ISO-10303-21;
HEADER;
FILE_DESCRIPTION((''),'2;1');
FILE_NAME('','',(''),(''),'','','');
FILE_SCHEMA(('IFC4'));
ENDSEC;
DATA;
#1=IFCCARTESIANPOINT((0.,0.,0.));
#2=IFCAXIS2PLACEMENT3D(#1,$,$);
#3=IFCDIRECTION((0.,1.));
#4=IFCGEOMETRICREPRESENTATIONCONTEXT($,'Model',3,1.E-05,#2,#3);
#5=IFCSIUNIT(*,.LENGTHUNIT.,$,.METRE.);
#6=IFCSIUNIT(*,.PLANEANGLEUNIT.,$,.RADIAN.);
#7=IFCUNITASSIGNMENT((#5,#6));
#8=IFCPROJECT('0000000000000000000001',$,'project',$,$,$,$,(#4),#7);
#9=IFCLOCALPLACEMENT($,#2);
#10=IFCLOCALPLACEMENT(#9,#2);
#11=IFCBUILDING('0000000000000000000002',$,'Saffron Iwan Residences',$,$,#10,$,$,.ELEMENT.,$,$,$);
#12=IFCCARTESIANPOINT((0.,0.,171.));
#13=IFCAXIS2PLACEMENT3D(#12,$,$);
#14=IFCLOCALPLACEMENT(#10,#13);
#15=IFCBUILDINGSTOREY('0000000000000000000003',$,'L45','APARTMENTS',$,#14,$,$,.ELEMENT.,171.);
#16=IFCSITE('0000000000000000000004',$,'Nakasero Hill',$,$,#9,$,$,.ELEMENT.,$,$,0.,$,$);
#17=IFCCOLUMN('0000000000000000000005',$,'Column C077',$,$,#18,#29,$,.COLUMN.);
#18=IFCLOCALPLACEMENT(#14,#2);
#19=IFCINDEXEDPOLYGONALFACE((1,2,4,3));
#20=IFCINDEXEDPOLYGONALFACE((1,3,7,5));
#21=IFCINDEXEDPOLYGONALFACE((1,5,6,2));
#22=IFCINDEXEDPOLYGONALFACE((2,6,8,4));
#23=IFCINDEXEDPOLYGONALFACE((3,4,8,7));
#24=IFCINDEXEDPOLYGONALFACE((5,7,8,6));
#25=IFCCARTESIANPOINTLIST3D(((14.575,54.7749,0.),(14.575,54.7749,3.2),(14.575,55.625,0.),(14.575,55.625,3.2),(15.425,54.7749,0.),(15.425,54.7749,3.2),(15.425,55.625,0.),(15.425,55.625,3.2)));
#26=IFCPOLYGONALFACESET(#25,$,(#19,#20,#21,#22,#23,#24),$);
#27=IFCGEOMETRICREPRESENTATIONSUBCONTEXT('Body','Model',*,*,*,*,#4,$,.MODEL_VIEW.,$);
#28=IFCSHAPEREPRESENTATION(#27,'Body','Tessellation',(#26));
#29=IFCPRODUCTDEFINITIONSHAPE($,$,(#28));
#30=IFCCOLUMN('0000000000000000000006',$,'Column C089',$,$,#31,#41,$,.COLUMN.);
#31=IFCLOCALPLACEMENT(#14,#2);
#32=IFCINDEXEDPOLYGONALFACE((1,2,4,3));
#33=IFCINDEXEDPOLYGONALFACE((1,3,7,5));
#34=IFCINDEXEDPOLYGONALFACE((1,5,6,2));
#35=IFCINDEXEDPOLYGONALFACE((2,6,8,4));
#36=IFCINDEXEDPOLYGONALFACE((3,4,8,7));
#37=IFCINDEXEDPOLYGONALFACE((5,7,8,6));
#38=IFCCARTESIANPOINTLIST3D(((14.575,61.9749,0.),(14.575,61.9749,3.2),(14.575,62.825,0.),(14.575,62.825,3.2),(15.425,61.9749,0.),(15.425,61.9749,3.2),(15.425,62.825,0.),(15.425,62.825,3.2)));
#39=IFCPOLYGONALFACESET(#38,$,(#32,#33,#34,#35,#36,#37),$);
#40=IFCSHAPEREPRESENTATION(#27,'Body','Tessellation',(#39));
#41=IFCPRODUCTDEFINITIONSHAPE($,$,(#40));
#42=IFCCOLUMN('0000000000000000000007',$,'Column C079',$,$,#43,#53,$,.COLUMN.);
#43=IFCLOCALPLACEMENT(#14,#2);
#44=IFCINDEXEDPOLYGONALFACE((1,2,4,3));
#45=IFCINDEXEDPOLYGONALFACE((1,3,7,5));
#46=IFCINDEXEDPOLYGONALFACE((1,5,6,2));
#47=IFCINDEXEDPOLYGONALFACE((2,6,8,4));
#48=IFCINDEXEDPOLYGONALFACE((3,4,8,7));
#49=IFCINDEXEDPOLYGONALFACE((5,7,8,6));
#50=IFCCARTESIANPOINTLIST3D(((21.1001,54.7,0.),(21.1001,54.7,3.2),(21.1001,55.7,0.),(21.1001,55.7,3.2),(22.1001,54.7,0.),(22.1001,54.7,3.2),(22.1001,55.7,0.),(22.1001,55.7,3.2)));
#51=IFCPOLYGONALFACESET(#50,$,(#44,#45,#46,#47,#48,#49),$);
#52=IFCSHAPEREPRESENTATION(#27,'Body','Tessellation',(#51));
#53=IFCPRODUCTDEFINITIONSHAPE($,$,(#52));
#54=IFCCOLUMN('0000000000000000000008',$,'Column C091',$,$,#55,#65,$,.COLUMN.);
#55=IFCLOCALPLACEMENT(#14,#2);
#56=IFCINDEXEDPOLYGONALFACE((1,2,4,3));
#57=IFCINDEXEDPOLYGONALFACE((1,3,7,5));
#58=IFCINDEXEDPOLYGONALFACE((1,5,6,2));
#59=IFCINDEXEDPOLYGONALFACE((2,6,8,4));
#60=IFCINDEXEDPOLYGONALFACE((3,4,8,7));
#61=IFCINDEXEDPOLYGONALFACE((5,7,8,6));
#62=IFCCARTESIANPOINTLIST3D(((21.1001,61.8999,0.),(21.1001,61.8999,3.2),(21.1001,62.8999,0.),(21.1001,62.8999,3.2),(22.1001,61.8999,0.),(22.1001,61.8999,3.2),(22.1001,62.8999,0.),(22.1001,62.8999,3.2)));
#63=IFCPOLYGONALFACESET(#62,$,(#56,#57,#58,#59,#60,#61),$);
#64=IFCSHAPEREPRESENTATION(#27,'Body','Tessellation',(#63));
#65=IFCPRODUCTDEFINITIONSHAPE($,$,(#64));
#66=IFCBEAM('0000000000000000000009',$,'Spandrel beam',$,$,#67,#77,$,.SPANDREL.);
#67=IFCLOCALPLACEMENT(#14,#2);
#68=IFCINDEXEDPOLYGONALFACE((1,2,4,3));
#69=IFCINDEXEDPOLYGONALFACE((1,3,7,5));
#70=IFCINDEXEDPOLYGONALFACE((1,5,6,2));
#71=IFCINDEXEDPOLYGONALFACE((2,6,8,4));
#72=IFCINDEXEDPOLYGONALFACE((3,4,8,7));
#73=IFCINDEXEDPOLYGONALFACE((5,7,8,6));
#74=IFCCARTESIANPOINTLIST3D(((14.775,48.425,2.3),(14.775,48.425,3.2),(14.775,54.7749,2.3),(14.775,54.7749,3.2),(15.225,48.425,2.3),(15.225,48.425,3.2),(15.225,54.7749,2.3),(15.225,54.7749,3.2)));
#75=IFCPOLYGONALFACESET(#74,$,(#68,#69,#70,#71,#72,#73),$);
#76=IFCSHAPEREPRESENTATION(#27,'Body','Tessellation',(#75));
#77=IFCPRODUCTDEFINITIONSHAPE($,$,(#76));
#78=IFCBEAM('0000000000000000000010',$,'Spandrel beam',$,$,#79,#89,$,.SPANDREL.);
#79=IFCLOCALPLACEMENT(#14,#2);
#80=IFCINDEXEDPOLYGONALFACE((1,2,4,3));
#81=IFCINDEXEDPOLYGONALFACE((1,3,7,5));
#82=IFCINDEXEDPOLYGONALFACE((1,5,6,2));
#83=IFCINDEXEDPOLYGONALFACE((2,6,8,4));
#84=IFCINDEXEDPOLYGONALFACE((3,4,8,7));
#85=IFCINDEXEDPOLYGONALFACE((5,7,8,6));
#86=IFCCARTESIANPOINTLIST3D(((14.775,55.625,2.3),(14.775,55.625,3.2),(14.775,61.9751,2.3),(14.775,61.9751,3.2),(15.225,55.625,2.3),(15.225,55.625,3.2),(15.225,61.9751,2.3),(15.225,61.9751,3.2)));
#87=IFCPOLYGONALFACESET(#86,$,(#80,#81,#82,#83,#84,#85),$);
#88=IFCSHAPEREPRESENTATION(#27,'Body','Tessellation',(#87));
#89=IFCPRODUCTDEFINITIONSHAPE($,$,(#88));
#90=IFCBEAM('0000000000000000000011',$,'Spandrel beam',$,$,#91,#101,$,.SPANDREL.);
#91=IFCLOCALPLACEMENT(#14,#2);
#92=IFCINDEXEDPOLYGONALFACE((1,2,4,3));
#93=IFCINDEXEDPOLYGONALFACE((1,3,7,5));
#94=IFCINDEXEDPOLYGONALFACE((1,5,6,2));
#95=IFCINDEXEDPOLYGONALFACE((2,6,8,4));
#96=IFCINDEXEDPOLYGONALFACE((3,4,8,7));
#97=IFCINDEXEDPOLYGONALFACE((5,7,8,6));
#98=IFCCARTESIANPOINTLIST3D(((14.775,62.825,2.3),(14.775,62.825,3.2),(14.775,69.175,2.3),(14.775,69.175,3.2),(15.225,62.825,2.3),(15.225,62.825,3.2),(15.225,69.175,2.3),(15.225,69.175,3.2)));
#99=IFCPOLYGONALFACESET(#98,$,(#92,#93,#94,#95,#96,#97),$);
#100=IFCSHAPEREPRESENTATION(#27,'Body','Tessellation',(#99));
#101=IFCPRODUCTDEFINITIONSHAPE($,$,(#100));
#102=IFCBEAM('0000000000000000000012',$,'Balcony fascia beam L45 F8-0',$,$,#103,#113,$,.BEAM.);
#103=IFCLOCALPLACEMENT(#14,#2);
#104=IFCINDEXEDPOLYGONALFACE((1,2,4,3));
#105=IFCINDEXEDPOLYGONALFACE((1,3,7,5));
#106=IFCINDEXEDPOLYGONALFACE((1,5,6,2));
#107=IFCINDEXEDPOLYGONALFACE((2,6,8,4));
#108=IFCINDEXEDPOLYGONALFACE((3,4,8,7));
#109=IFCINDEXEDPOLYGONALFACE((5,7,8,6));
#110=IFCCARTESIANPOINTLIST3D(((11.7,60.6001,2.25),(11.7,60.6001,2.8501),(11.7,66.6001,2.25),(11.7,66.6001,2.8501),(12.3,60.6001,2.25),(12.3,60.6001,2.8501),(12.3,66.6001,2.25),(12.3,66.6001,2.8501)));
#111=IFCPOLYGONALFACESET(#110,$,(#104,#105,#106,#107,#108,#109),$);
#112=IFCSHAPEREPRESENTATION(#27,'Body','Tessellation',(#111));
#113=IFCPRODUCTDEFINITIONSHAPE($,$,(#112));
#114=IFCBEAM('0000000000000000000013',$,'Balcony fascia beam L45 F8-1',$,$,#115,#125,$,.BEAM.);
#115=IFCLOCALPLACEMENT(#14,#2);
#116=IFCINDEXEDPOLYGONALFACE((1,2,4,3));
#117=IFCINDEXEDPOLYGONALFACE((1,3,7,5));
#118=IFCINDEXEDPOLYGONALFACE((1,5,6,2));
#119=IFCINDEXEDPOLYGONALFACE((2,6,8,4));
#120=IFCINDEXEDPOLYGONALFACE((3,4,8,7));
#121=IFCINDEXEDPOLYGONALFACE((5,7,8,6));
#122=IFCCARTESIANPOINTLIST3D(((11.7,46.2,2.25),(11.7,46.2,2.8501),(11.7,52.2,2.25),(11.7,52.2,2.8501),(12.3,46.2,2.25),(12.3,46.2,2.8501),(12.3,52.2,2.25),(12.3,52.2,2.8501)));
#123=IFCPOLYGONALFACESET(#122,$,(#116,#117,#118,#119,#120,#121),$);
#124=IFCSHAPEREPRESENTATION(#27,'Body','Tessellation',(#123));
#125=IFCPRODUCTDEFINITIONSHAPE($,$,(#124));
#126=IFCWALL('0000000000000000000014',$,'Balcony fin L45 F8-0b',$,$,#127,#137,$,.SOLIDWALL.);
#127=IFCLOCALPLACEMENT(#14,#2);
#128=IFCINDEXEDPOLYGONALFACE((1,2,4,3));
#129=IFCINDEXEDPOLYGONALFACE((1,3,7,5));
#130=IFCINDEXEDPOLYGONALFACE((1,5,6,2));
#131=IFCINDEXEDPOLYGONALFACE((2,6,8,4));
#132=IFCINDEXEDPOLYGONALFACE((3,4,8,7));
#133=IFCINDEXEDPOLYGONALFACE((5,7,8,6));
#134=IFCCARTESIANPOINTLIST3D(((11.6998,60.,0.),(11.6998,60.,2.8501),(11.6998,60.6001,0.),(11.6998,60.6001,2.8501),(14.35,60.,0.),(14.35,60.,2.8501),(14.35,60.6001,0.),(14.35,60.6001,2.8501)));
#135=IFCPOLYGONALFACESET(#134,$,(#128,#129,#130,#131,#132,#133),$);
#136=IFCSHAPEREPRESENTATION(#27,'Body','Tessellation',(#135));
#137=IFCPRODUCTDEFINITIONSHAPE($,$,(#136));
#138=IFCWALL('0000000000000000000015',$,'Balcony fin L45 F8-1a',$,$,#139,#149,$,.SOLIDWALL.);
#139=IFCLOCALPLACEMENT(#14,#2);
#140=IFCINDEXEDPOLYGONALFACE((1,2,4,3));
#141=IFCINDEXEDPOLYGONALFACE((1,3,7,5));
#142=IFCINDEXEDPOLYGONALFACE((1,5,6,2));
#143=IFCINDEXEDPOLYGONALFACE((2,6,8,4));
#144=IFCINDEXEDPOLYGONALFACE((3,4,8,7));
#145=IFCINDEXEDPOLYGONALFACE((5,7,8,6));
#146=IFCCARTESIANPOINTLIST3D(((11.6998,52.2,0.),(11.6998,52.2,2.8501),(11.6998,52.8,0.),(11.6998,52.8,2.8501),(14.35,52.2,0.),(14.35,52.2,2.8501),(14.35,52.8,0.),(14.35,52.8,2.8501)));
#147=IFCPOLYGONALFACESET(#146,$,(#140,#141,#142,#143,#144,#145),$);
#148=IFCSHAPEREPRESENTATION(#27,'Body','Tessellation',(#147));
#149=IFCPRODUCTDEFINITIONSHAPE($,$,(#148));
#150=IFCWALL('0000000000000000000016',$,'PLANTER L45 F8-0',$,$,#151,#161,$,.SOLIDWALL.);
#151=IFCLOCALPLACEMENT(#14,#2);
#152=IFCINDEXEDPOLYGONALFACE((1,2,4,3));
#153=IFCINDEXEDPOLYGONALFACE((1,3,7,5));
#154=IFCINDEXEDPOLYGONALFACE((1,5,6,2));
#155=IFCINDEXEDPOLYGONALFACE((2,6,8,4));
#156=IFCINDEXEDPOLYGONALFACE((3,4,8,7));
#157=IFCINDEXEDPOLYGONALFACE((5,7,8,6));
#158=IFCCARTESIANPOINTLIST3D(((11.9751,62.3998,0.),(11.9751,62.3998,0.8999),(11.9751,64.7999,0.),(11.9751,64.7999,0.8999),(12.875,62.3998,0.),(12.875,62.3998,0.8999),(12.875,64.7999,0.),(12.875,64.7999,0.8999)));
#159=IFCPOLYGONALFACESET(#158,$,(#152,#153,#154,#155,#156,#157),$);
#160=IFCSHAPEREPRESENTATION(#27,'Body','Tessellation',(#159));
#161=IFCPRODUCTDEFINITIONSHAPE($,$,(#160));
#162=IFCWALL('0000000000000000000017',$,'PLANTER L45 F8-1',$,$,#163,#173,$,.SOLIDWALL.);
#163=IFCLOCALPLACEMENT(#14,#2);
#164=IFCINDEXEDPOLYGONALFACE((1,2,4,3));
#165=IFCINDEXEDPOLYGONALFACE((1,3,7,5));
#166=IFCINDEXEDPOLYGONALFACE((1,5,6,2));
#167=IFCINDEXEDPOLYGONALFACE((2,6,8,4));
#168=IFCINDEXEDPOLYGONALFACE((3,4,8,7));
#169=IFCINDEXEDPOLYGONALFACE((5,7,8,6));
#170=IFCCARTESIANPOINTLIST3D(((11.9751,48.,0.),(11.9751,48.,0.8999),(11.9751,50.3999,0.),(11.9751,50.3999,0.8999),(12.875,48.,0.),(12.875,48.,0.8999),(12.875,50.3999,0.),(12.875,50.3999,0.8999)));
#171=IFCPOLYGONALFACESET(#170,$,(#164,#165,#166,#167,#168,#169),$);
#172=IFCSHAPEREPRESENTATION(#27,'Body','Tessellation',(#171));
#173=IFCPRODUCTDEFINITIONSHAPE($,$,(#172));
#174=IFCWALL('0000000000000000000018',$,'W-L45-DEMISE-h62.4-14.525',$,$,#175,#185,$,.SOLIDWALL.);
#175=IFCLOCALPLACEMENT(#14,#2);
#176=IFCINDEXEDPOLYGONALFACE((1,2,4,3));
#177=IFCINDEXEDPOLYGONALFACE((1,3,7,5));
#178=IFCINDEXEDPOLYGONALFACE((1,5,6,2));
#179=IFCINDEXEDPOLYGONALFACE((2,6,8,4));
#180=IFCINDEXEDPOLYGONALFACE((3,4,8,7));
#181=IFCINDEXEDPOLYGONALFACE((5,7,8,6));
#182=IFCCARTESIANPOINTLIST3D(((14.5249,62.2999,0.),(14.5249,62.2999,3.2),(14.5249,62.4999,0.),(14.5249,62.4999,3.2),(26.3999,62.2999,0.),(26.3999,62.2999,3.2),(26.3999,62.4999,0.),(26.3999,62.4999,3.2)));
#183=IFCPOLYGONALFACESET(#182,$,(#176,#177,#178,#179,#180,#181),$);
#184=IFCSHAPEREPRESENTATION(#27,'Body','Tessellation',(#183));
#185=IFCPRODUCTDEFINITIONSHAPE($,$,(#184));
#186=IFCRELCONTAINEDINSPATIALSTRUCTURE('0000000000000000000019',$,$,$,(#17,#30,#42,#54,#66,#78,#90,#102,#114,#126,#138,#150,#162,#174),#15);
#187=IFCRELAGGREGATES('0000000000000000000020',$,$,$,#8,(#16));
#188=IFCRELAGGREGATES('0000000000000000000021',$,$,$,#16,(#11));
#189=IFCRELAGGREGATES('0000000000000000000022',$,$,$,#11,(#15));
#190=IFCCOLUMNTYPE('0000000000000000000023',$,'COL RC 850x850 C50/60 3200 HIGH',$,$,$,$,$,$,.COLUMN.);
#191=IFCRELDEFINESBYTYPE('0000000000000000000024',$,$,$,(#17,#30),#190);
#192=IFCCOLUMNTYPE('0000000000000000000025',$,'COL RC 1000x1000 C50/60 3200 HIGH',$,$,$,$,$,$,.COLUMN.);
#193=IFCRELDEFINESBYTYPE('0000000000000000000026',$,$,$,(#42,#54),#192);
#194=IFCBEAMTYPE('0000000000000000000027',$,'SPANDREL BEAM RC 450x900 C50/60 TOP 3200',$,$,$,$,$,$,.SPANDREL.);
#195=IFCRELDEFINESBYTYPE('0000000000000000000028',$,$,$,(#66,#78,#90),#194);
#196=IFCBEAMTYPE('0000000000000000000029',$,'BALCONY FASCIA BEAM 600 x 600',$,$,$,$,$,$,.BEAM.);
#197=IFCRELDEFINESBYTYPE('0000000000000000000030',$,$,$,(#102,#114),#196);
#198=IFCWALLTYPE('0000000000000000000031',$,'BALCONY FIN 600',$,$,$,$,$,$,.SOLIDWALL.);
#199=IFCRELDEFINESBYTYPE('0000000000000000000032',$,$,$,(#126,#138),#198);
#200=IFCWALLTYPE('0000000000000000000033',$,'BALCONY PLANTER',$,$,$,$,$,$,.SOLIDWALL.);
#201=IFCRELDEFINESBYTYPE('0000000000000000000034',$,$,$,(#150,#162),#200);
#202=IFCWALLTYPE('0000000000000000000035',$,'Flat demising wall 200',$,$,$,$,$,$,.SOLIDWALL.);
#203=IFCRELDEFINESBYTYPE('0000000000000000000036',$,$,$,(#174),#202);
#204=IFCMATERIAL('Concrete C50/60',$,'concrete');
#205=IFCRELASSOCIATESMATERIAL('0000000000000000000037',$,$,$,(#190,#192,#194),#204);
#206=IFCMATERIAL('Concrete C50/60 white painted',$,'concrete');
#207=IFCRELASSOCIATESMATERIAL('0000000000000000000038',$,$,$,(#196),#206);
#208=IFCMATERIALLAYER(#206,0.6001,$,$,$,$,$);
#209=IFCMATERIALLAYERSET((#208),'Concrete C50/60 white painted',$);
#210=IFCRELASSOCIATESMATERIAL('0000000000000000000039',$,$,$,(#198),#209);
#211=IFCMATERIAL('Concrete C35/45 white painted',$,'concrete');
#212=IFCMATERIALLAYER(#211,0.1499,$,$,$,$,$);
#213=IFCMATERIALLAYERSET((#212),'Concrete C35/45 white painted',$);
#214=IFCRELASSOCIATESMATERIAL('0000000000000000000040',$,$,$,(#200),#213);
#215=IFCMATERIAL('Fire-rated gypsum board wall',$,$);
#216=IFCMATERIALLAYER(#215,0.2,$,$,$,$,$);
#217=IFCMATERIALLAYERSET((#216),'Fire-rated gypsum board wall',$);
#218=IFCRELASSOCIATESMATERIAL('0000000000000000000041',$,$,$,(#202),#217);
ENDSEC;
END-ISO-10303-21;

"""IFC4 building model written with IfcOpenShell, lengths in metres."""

from ifc_helpers import new_model, si_unit, direction, frame, frame_2d, origin, origin_2d, place, context, subcontext, project, spatial, rectangle, extrude, source, transform, mapped, material, layer, layer_set, material_profile, profile_set, type_object, element, save


model = new_model("IFC4")

# Units and contexts
model_context = context("Model", 3, precision=1e-05, world=origin(), true_north=direction((0.0, 1.0)))
body_context = subcontext(model_context, "Body", "Model", "MODEL_VIEW")
ifc_project = project(units=[si_unit("LENGTHUNIT", "METRE"), si_unit("PLANEANGLEUNIT", "RADIAN")], contexts=[model_context])

# Site, building, storey
site_placement = place(None, origin())
site = spatial("IfcSite", under=ifc_project, at=site_placement, Name="Nakasero Hill", CompositionType="ELEMENT", RefElevation=0.0)
building_placement = place(site_placement, origin())
building = spatial("IfcBuilding", under=site, at=building_placement, Name="Saffron Iwan Residences", CompositionType="ELEMENT")
storey_placement = place(building_placement, frame((0.0, 0.0, 171.0)))
storey = spatial("IfcBuildingStorey", under=building, at=storey_placement, Name="L45", Description="APARTMENTS", CompositionType="ELEMENT", Elevation=171.0)

# Columns
ifc_material_1 = material(Name="Concrete C50/60", Category="concrete")
ifc_material_profile_1 = material_profile(ifc_material_1, rectangle(XDim=0.8501, YDim=0.8501, at=origin_2d()), Name="RC 850x850")
ifc_profile_set_1 = profile_set([ifc_material_profile_1], Name="Concrete C50/60")
column_type_1 = type_object("IfcColumnType", Name="COL RC 850x850 C50/60 3200 HIGH", PredefinedType="COLUMN", material=ifc_profile_set_1)
shared_shape_1 = source(origin(), body_context, "Body", "SweptSolid", [
    extrude(rectangle(XDim=0.8501, YDim=0.8501, at=origin_2d()), origin(), (0.0, 0.0, 1.0), 3.2),
])
for number, where, z_axis, x_axis, name in (
    (1, (15.0, 55.2, 0.0), (0.0, 0.0, 1.0), (1.0, 0.0, 0.0), "Column C077"),
    (2, (15.0, 62.3999, 0.0), (0.0, 0.0, 1.0), (1.0, 0.0, 0.0), "Column C089"),
):
    element("IfcColumn", number, at=place(storey_placement, frame(where, z_axis=z_axis, x_axis=x_axis)), inside=storey, type_object=column_type_1, Name=name, PredefinedType="COLUMN", context=body_context, shape_type="MappedRepresentation", body=[
        mapped(shared_shape_1, transform((0.0, 0.0, 0.0))),
    ])
ifc_material_profile_2 = material_profile(ifc_material_1, rectangle(XDim=1.0, YDim=1.0, at=origin_2d()), Name="RC 1000x1000")
ifc_profile_set_2 = profile_set([ifc_material_profile_2], Name="Concrete C50/60")
column_type_2 = type_object("IfcColumnType", Name="COL RC 1000x1000 C50/60 3200 HIGH", PredefinedType="COLUMN", material=ifc_profile_set_2)
shared_shape_2 = source(origin(), body_context, "Body", "SweptSolid", [
    extrude(rectangle(XDim=1.0, YDim=1.0, at=origin_2d()), origin(), (0.0, 0.0, 1.0), 3.2),
])
for number, where, z_axis, x_axis, name in (
    (3, (21.6001, 55.2, 0.0), (0.0, 0.0, 1.0), (1.0, 0.0, 0.0), "Column C079"),
    (4, (21.6001, 62.3999, 0.0), (0.0, 0.0, 1.0), (1.0, 0.0, 0.0), "Column C091"),
):
    element("IfcColumn", number, at=place(storey_placement, frame(where, z_axis=z_axis, x_axis=x_axis)), inside=storey, type_object=column_type_2, Name=name, PredefinedType="COLUMN", context=body_context, shape_type="MappedRepresentation", body=[
        mapped(shared_shape_2, transform((0.0, 0.0, 0.0))),
    ])

# Beams
ifc_material_profile_3 = material_profile(ifc_material_1, rectangle(XDim=0.45, YDim=0.8999, at=origin_2d()), Name="RC 450x900")
ifc_profile_set_3 = profile_set([ifc_material_profile_3], Name="Concrete C50/60")
beam_type_1 = type_object("IfcBeamType", Name="SPANDREL BEAM RC 450x900 C50/60 TOP 3200", PredefinedType="SPANDREL", material=ifc_profile_set_3)
shared_shape_3 = source(origin(), body_context, "Body", "SweptSolid", [
    extrude(rectangle(XDim=0.45, YDim=0.8999, at=origin_2d()), origin(), (0.0, 0.0, 1.0), 6.3499),
])
beam_placement = place(storey_placement, frame((15.0, 48.425, 2.75), z_axis=(0.0, 1.0, 0.0), x_axis=(-1.0, 0.0, 0.0)))
element("IfcBeam", 5, at=beam_placement, inside=storey, type_object=beam_type_1, Name="Spandrel beam", PredefinedType="SPANDREL", context=body_context, shape_type="MappedRepresentation", body=[
    mapped(shared_shape_3, transform((0.0, 0.0, 0.0))),
])
shared_shape_4 = source(origin(), body_context, "Body", "SweptSolid", [
    extrude(rectangle(XDim=0.45, YDim=0.8999, at=origin_2d()), origin(), (0.0, 0.0, 1.0), 6.3501),
])
for number, where, z_axis, x_axis, name in (
    (6, (15.0, 55.625, 2.75), (0.0, 1.0, 0.0), (-1.0, 0.0, 0.0), "Spandrel beam"),
    (7, (15.0, 62.825, 2.75), (0.0, 1.0, 0.0), (-1.0, 0.0, 0.0), "Spandrel beam"),
):
    element("IfcBeam", number, at=place(storey_placement, frame(where, z_axis=z_axis, x_axis=x_axis)), inside=storey, type_object=beam_type_1, Name=name, PredefinedType="SPANDREL", context=body_context, shape_type="MappedRepresentation", body=[
        mapped(shared_shape_4, transform((0.0, 0.0, 0.0))),
    ])
ifc_material_2 = material(Name="Concrete C50/60 white painted", Category="concrete")
ifc_material_profile_4 = material_profile(ifc_material_2, rectangle(XDim=0.6001, YDim=0.6001, at=origin_2d()), Name="BALCONY FASCIA BEAM 600 x 600")
ifc_profile_set_4 = profile_set([ifc_material_profile_4], Name="Concrete C50/60 white painted")
beam_type_2 = type_object("IfcBeamType", Name="BALCONY FASCIA BEAM 600 x 600", PredefinedType="BEAM", material=ifc_profile_set_4)
shared_shape_5 = source(origin(), body_context, "Body", "SweptSolid", [
    extrude(rectangle(XDim=0.6001, YDim=0.6001, at=origin_2d()), origin(), (0.0, 0.0, 1.0), 6.0),
])
for number, where, z_axis, x_axis, name in (
    (8, (12.0, 66.6001, 2.55), (0.0, -1.0, 0.0), (1.0, 0.0, 0.0), "Balcony fascia beam L45 F8-0"),
    (9, (12.0, 52.2, 2.55), (0.0, -1.0, 0.0), (1.0, 0.0, 0.0), "Balcony fascia beam L45 F8-1"),
):
    element("IfcBeam", number, at=place(storey_placement, frame(where, z_axis=z_axis, x_axis=x_axis)), inside=storey, type_object=beam_type_2, Name=name, PredefinedType="BEAM", context=body_context, shape_type="MappedRepresentation", body=[
        mapped(shared_shape_5, transform((0.0, 0.0, 0.0))),
    ])

# Walls
ifc_layer_1 = layer(ifc_material_2, 0.6001)
ifc_layer_set_1 = layer_set([ifc_layer_1], Name="Concrete C50/60 white painted")
wall_type_1 = type_object("IfcWallType", Name="BALCONY FIN 600", PredefinedType="SOLIDWALL", material=ifc_layer_set_1)
for number, where, z_axis, x_axis, name in (
    (10, (14.3501, 60.3, 0.0), (0.0, 0.0, 1.0), (-1.0, 0.0, 0.0), "Balcony fin L45 F8-0b"),
    (11, (14.3501, 52.5, 0.0), (0.0, 0.0, 1.0), (-1.0, 0.0, 0.0), "Balcony fin L45 F8-1a"),
):
    element("IfcWall", number, at=place(storey_placement, frame(where, z_axis=z_axis, x_axis=x_axis)), inside=storey, type_object=wall_type_1, Name=name, PredefinedType="SOLIDWALL", context=body_context, shape_type="SweptSolid", body=[
        extrude(rectangle(XDim=2.6501, YDim=0.6001, at=frame_2d((1.3252, 0.0))), origin(), (0.0, 0.0, 1.0), 2.8501),
    ])
ifc_material_3 = material(Name="Concrete C35/45 white painted", Category="concrete")
ifc_layer_2 = layer(ifc_material_3, 0.1499)
ifc_layer_set_2 = layer_set([ifc_layer_2], Name="Concrete C35/45 white painted")
wall_type_2 = type_object("IfcWallType", Name="BALCONY PLANTER", PredefinedType="SOLIDWALL", material=ifc_layer_set_2)
wall_1_placement = place(storey_placement, frame((12.425, 64.8, 0.0), z_axis=(0.0, 0.0, 1.0), x_axis=(0.0, -1.0, 0.0)))
element("IfcWall", 12, at=wall_1_placement, inside=storey, type_object=wall_type_2, Name="PLANTER L45 F8-0", PredefinedType="SOLIDWALL", context=body_context, shape_type="SweptSolid", body=[
    extrude(rectangle(XDim=2.4001, YDim=0.8999, at=frame_2d((1.2002, 0.0))), origin(), (0.0, 0.0, 1.0), 0.8999),
])
wall_2_placement = place(storey_placement, frame((12.425, 50.3999, 0.0), z_axis=(0.0, 0.0, 1.0), x_axis=(0.0, -1.0, 0.0)))
element("IfcWall", 13, at=wall_2_placement, inside=storey, type_object=wall_type_2, Name="PLANTER L45 F8-1", PredefinedType="SOLIDWALL", context=body_context, shape_type="SweptSolid", body=[
    extrude(rectangle(XDim=2.3999, YDim=0.8999, at=frame_2d((1.2, 0.0))), origin(), (0.0, 0.0, 1.0), 0.8999),
])
ifc_material_4 = material(Name="Fire-rated gypsum board wall")
ifc_layer_3 = layer(ifc_material_4, 0.2)
ifc_layer_set_3 = layer_set([ifc_layer_3], Name="Fire-rated gypsum board wall")
wall_type_3 = type_object("IfcWallType", Name="Flat demising wall 200", PredefinedType="SOLIDWALL", material=ifc_layer_set_3)
wall_3_placement = place(storey_placement, frame((14.5249, 62.3999, 0.0), z_axis=(0.0, 0.0, 1.0), x_axis=(1.0, 0.0, 0.0)))
element("IfcWall", 14, at=wall_3_placement, inside=storey, type_object=wall_type_3, Name="W-L45-DEMISE-h62.4-14.525", PredefinedType="SOLIDWALL", context=body_context, shape_type="SweptSolid", body=[
    extrude(rectangle(XDim=11.875, YDim=0.2, at=frame_2d((5.9375, 0.0))), origin(), (0.0, 0.0, 1.0), 3.2),
])

save(model, "model.ifc")
